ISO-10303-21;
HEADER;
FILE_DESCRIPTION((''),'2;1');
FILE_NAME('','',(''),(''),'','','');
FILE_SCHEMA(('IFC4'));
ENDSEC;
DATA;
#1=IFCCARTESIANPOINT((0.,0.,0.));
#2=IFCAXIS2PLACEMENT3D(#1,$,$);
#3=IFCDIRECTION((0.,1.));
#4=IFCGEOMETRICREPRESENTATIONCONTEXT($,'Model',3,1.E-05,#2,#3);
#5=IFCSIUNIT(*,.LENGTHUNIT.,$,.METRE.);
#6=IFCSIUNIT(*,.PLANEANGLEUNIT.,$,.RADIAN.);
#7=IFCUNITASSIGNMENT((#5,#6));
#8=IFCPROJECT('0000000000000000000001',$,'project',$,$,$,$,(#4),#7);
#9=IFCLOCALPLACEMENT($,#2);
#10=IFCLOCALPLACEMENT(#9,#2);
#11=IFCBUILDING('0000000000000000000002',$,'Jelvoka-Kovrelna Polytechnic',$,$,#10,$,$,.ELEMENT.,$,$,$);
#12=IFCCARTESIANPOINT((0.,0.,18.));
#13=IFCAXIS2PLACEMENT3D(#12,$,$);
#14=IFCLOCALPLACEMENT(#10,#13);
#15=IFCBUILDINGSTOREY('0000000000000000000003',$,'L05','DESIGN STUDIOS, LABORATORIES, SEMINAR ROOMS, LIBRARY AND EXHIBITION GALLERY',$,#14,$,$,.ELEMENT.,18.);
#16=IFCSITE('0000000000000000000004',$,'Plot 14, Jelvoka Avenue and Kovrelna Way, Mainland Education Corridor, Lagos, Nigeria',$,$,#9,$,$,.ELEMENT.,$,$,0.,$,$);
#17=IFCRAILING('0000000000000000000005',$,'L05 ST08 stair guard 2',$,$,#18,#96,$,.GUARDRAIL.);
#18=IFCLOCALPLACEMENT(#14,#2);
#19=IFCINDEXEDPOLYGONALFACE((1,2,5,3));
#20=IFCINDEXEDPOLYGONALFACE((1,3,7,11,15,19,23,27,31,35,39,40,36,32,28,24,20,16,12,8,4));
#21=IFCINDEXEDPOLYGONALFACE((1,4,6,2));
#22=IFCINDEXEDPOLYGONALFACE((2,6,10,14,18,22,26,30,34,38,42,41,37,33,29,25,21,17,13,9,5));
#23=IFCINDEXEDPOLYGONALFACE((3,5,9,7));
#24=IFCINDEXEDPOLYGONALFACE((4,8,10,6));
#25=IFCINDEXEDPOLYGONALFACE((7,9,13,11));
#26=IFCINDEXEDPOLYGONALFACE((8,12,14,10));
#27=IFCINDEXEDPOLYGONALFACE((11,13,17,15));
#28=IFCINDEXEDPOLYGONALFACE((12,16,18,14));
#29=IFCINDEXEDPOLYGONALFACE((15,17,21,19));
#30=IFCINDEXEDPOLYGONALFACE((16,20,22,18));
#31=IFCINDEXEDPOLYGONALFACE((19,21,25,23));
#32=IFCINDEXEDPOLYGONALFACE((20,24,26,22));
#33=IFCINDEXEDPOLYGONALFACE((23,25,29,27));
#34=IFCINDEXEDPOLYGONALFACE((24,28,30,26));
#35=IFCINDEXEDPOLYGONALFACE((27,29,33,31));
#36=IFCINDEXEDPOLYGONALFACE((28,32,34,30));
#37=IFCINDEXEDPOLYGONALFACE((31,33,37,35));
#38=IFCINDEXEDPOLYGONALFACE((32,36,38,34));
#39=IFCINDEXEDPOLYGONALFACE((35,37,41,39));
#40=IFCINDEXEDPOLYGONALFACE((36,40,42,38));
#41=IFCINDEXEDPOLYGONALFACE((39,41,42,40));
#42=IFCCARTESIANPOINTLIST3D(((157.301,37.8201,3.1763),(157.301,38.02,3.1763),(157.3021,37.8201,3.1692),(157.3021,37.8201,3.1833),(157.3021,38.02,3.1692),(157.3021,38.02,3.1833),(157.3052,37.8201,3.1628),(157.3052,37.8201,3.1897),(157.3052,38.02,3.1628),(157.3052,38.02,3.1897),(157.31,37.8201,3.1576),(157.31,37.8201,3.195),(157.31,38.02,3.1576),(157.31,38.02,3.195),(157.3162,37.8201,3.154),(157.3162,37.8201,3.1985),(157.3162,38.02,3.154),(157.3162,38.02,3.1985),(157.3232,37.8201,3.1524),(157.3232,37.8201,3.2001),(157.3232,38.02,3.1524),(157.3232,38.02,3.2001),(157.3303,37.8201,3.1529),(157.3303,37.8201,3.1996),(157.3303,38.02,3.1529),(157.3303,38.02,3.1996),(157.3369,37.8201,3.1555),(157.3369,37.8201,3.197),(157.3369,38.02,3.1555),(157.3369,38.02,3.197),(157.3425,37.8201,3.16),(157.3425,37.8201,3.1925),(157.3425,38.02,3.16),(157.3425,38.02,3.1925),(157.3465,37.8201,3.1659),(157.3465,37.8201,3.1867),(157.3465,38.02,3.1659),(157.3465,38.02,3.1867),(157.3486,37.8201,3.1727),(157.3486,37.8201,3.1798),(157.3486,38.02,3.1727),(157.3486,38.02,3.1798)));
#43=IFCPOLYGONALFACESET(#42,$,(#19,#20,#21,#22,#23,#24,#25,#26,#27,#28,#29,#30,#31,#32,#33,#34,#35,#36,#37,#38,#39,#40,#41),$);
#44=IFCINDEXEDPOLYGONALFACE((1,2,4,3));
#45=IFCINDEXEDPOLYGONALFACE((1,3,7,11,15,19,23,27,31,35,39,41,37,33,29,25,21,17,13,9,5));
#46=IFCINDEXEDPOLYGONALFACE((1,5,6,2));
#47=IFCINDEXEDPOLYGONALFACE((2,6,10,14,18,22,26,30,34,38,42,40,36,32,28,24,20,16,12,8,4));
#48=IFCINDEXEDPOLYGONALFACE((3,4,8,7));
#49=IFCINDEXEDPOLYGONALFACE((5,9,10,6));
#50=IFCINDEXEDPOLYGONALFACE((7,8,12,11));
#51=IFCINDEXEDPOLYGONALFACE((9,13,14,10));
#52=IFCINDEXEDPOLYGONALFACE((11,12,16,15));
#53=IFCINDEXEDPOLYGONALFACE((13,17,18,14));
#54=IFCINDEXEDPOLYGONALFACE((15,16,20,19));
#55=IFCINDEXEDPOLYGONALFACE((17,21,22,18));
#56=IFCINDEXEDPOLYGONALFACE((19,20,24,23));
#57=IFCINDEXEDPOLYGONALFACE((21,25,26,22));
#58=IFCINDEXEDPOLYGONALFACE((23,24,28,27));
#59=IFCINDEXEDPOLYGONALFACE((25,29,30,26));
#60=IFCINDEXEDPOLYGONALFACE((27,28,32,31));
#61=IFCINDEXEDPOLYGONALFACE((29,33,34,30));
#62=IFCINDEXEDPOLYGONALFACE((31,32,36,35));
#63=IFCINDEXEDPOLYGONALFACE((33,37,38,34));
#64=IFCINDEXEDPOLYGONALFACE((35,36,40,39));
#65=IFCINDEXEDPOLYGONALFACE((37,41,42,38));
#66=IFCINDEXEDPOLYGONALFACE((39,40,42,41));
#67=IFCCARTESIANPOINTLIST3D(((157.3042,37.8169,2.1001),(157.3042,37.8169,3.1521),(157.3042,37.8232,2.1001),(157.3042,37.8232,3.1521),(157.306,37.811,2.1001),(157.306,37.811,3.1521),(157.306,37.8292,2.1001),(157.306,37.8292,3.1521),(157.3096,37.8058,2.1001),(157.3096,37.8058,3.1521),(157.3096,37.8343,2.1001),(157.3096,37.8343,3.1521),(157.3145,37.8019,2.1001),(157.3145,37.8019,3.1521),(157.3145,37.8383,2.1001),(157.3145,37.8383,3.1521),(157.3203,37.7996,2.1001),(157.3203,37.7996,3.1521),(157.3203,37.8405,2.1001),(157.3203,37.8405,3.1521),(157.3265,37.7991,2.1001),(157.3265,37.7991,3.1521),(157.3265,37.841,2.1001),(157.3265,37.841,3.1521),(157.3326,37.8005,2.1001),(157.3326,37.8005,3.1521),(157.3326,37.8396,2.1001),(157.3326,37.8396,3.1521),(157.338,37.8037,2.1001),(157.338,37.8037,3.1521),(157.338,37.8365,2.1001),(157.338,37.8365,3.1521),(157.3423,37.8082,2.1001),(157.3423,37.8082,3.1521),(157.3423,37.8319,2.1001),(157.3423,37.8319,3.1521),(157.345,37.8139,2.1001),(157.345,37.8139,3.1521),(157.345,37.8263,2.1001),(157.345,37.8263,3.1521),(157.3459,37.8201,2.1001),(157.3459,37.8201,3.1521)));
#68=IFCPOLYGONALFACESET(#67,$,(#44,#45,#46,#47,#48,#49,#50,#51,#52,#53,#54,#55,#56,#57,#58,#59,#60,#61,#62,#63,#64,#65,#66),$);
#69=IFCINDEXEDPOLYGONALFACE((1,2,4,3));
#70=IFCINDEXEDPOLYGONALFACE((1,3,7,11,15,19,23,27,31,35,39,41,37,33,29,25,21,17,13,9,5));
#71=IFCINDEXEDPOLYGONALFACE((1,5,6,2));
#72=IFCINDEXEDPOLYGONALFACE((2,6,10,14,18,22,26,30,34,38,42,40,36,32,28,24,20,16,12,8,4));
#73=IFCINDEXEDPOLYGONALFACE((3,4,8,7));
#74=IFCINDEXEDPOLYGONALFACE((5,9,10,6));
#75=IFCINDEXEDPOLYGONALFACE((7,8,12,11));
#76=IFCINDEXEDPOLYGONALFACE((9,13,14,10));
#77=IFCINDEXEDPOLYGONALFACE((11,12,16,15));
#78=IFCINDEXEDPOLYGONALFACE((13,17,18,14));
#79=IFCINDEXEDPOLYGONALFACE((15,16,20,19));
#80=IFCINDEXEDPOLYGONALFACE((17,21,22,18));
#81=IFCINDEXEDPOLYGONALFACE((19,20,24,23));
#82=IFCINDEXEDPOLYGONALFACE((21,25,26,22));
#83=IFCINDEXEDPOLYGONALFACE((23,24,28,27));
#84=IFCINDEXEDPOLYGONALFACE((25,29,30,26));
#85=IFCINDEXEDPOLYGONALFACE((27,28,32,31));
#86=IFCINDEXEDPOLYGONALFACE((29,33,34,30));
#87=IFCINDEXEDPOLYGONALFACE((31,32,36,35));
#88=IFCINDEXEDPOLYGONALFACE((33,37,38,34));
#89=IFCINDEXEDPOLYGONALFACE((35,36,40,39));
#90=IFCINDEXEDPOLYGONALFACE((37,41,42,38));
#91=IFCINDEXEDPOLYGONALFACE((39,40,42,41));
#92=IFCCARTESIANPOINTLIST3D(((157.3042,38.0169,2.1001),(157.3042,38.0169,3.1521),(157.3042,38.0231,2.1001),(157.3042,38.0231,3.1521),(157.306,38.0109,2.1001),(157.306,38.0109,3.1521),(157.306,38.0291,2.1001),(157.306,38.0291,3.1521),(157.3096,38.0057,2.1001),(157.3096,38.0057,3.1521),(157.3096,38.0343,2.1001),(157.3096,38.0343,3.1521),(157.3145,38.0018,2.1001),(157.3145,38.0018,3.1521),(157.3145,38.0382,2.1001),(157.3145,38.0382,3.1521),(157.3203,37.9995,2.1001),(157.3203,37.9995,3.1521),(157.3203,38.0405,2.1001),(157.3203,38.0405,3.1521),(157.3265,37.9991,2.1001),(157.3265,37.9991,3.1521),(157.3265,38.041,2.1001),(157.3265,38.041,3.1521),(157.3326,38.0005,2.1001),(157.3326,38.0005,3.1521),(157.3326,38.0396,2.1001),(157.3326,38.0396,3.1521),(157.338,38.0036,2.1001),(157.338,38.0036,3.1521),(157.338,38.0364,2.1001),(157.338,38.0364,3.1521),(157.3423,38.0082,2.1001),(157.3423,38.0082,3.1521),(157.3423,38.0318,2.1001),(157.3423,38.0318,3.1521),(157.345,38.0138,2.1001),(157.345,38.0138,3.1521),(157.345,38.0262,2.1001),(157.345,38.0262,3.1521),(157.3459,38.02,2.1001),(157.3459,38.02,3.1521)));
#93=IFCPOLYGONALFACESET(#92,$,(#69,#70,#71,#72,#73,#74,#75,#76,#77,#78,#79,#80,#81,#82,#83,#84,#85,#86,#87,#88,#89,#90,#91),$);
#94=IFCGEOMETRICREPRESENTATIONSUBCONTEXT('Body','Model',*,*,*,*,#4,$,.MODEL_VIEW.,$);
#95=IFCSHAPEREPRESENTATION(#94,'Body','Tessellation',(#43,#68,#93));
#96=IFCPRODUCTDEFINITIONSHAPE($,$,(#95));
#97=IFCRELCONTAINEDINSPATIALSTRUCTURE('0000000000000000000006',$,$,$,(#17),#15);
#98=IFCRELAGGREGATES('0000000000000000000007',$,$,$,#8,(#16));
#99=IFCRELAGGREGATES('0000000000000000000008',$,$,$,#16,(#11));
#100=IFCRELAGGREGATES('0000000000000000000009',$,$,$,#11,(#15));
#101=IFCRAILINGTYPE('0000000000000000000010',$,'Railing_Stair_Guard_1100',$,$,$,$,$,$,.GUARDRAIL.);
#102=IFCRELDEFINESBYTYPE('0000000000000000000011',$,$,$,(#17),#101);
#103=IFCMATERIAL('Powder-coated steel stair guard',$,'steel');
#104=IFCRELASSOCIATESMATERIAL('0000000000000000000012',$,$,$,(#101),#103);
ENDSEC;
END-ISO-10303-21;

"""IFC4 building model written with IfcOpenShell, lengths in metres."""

from ifc_helpers import new_model, si_unit, direction, frame, origin, origin_2d, place, context, subcontext, project, spatial, circle, extrude, material, type_object, element, save


model = new_model("IFC4")

# Units and contexts
model_context = context("Model", 3, precision=1e-05, world=origin(), true_north=direction((0.0, 1.0)))
body_context = subcontext(model_context, "Body", "Model", "MODEL_VIEW")
ifc_project = project(units=[si_unit("LENGTHUNIT", "METRE"), si_unit("PLANEANGLEUNIT", "RADIAN")], contexts=[model_context])

# Site, building, storey
site_placement = place(None, origin())
site = spatial("IfcSite", under=ifc_project, at=site_placement, Name="Plot 14, Jelvoka Avenue and Kovrelna Way, Mainland Education Corridor, Lagos, Nigeria", CompositionType="ELEMENT", RefElevation=0.0)
building_placement = place(site_placement, origin())
building = spatial("IfcBuilding", under=site, at=building_placement, Name="Jelvoka-Kovrelna Polytechnic", CompositionType="ELEMENT")
storey_placement = place(building_placement, frame((0.0, 0.0, 18.0)))
storey = spatial("IfcBuildingStorey", under=building, at=storey_placement, Name="L05", Description="DESIGN STUDIOS, LABORATORIES, SEMINAR ROOMS, LIBRARY AND EXHIBITION GALLERY", CompositionType="ELEMENT", Elevation=18.0)

# Railing
ifc_material_1 = material(Name="Powder-coated steel stair guard", Category="steel")
railing_type_1 = type_object("IfcRailingType", Name="Railing_Stair_Guard_1100", PredefinedType="GUARDRAIL", material=ifc_material_1)
railing_1_placement = place(storey_placement, frame((157.325, 37.8201, 2.1001)))
element("IfcRailing", 1, at=railing_1_placement, inside=storey, type_object=railing_type_1, Name="L05 ST08 stair guard 2", PredefinedType="GUARDRAIL", context=body_context, shape_type="SweptSolid", body=[
    extrude(circle(Radius=0.0239, at=origin_2d()), frame((0.0, 0.0, 1.0762), z_axis=(0.0, 1.0, 0.0), x_axis=(-1.0, 0.0, 0.0)), (0.0, 0.0, 1.0), 0.2),
    extrude(circle(Radius=0.021, at=origin_2d()), origin(), (0.0, 0.0, 1.0), 1.052),
    extrude(circle(Radius=0.021, at=origin_2d()), frame((0.0, 0.2, 0.0)), (0.0, 0.0, 1.0), 1.052),
])

save(model, "model.ifc")
